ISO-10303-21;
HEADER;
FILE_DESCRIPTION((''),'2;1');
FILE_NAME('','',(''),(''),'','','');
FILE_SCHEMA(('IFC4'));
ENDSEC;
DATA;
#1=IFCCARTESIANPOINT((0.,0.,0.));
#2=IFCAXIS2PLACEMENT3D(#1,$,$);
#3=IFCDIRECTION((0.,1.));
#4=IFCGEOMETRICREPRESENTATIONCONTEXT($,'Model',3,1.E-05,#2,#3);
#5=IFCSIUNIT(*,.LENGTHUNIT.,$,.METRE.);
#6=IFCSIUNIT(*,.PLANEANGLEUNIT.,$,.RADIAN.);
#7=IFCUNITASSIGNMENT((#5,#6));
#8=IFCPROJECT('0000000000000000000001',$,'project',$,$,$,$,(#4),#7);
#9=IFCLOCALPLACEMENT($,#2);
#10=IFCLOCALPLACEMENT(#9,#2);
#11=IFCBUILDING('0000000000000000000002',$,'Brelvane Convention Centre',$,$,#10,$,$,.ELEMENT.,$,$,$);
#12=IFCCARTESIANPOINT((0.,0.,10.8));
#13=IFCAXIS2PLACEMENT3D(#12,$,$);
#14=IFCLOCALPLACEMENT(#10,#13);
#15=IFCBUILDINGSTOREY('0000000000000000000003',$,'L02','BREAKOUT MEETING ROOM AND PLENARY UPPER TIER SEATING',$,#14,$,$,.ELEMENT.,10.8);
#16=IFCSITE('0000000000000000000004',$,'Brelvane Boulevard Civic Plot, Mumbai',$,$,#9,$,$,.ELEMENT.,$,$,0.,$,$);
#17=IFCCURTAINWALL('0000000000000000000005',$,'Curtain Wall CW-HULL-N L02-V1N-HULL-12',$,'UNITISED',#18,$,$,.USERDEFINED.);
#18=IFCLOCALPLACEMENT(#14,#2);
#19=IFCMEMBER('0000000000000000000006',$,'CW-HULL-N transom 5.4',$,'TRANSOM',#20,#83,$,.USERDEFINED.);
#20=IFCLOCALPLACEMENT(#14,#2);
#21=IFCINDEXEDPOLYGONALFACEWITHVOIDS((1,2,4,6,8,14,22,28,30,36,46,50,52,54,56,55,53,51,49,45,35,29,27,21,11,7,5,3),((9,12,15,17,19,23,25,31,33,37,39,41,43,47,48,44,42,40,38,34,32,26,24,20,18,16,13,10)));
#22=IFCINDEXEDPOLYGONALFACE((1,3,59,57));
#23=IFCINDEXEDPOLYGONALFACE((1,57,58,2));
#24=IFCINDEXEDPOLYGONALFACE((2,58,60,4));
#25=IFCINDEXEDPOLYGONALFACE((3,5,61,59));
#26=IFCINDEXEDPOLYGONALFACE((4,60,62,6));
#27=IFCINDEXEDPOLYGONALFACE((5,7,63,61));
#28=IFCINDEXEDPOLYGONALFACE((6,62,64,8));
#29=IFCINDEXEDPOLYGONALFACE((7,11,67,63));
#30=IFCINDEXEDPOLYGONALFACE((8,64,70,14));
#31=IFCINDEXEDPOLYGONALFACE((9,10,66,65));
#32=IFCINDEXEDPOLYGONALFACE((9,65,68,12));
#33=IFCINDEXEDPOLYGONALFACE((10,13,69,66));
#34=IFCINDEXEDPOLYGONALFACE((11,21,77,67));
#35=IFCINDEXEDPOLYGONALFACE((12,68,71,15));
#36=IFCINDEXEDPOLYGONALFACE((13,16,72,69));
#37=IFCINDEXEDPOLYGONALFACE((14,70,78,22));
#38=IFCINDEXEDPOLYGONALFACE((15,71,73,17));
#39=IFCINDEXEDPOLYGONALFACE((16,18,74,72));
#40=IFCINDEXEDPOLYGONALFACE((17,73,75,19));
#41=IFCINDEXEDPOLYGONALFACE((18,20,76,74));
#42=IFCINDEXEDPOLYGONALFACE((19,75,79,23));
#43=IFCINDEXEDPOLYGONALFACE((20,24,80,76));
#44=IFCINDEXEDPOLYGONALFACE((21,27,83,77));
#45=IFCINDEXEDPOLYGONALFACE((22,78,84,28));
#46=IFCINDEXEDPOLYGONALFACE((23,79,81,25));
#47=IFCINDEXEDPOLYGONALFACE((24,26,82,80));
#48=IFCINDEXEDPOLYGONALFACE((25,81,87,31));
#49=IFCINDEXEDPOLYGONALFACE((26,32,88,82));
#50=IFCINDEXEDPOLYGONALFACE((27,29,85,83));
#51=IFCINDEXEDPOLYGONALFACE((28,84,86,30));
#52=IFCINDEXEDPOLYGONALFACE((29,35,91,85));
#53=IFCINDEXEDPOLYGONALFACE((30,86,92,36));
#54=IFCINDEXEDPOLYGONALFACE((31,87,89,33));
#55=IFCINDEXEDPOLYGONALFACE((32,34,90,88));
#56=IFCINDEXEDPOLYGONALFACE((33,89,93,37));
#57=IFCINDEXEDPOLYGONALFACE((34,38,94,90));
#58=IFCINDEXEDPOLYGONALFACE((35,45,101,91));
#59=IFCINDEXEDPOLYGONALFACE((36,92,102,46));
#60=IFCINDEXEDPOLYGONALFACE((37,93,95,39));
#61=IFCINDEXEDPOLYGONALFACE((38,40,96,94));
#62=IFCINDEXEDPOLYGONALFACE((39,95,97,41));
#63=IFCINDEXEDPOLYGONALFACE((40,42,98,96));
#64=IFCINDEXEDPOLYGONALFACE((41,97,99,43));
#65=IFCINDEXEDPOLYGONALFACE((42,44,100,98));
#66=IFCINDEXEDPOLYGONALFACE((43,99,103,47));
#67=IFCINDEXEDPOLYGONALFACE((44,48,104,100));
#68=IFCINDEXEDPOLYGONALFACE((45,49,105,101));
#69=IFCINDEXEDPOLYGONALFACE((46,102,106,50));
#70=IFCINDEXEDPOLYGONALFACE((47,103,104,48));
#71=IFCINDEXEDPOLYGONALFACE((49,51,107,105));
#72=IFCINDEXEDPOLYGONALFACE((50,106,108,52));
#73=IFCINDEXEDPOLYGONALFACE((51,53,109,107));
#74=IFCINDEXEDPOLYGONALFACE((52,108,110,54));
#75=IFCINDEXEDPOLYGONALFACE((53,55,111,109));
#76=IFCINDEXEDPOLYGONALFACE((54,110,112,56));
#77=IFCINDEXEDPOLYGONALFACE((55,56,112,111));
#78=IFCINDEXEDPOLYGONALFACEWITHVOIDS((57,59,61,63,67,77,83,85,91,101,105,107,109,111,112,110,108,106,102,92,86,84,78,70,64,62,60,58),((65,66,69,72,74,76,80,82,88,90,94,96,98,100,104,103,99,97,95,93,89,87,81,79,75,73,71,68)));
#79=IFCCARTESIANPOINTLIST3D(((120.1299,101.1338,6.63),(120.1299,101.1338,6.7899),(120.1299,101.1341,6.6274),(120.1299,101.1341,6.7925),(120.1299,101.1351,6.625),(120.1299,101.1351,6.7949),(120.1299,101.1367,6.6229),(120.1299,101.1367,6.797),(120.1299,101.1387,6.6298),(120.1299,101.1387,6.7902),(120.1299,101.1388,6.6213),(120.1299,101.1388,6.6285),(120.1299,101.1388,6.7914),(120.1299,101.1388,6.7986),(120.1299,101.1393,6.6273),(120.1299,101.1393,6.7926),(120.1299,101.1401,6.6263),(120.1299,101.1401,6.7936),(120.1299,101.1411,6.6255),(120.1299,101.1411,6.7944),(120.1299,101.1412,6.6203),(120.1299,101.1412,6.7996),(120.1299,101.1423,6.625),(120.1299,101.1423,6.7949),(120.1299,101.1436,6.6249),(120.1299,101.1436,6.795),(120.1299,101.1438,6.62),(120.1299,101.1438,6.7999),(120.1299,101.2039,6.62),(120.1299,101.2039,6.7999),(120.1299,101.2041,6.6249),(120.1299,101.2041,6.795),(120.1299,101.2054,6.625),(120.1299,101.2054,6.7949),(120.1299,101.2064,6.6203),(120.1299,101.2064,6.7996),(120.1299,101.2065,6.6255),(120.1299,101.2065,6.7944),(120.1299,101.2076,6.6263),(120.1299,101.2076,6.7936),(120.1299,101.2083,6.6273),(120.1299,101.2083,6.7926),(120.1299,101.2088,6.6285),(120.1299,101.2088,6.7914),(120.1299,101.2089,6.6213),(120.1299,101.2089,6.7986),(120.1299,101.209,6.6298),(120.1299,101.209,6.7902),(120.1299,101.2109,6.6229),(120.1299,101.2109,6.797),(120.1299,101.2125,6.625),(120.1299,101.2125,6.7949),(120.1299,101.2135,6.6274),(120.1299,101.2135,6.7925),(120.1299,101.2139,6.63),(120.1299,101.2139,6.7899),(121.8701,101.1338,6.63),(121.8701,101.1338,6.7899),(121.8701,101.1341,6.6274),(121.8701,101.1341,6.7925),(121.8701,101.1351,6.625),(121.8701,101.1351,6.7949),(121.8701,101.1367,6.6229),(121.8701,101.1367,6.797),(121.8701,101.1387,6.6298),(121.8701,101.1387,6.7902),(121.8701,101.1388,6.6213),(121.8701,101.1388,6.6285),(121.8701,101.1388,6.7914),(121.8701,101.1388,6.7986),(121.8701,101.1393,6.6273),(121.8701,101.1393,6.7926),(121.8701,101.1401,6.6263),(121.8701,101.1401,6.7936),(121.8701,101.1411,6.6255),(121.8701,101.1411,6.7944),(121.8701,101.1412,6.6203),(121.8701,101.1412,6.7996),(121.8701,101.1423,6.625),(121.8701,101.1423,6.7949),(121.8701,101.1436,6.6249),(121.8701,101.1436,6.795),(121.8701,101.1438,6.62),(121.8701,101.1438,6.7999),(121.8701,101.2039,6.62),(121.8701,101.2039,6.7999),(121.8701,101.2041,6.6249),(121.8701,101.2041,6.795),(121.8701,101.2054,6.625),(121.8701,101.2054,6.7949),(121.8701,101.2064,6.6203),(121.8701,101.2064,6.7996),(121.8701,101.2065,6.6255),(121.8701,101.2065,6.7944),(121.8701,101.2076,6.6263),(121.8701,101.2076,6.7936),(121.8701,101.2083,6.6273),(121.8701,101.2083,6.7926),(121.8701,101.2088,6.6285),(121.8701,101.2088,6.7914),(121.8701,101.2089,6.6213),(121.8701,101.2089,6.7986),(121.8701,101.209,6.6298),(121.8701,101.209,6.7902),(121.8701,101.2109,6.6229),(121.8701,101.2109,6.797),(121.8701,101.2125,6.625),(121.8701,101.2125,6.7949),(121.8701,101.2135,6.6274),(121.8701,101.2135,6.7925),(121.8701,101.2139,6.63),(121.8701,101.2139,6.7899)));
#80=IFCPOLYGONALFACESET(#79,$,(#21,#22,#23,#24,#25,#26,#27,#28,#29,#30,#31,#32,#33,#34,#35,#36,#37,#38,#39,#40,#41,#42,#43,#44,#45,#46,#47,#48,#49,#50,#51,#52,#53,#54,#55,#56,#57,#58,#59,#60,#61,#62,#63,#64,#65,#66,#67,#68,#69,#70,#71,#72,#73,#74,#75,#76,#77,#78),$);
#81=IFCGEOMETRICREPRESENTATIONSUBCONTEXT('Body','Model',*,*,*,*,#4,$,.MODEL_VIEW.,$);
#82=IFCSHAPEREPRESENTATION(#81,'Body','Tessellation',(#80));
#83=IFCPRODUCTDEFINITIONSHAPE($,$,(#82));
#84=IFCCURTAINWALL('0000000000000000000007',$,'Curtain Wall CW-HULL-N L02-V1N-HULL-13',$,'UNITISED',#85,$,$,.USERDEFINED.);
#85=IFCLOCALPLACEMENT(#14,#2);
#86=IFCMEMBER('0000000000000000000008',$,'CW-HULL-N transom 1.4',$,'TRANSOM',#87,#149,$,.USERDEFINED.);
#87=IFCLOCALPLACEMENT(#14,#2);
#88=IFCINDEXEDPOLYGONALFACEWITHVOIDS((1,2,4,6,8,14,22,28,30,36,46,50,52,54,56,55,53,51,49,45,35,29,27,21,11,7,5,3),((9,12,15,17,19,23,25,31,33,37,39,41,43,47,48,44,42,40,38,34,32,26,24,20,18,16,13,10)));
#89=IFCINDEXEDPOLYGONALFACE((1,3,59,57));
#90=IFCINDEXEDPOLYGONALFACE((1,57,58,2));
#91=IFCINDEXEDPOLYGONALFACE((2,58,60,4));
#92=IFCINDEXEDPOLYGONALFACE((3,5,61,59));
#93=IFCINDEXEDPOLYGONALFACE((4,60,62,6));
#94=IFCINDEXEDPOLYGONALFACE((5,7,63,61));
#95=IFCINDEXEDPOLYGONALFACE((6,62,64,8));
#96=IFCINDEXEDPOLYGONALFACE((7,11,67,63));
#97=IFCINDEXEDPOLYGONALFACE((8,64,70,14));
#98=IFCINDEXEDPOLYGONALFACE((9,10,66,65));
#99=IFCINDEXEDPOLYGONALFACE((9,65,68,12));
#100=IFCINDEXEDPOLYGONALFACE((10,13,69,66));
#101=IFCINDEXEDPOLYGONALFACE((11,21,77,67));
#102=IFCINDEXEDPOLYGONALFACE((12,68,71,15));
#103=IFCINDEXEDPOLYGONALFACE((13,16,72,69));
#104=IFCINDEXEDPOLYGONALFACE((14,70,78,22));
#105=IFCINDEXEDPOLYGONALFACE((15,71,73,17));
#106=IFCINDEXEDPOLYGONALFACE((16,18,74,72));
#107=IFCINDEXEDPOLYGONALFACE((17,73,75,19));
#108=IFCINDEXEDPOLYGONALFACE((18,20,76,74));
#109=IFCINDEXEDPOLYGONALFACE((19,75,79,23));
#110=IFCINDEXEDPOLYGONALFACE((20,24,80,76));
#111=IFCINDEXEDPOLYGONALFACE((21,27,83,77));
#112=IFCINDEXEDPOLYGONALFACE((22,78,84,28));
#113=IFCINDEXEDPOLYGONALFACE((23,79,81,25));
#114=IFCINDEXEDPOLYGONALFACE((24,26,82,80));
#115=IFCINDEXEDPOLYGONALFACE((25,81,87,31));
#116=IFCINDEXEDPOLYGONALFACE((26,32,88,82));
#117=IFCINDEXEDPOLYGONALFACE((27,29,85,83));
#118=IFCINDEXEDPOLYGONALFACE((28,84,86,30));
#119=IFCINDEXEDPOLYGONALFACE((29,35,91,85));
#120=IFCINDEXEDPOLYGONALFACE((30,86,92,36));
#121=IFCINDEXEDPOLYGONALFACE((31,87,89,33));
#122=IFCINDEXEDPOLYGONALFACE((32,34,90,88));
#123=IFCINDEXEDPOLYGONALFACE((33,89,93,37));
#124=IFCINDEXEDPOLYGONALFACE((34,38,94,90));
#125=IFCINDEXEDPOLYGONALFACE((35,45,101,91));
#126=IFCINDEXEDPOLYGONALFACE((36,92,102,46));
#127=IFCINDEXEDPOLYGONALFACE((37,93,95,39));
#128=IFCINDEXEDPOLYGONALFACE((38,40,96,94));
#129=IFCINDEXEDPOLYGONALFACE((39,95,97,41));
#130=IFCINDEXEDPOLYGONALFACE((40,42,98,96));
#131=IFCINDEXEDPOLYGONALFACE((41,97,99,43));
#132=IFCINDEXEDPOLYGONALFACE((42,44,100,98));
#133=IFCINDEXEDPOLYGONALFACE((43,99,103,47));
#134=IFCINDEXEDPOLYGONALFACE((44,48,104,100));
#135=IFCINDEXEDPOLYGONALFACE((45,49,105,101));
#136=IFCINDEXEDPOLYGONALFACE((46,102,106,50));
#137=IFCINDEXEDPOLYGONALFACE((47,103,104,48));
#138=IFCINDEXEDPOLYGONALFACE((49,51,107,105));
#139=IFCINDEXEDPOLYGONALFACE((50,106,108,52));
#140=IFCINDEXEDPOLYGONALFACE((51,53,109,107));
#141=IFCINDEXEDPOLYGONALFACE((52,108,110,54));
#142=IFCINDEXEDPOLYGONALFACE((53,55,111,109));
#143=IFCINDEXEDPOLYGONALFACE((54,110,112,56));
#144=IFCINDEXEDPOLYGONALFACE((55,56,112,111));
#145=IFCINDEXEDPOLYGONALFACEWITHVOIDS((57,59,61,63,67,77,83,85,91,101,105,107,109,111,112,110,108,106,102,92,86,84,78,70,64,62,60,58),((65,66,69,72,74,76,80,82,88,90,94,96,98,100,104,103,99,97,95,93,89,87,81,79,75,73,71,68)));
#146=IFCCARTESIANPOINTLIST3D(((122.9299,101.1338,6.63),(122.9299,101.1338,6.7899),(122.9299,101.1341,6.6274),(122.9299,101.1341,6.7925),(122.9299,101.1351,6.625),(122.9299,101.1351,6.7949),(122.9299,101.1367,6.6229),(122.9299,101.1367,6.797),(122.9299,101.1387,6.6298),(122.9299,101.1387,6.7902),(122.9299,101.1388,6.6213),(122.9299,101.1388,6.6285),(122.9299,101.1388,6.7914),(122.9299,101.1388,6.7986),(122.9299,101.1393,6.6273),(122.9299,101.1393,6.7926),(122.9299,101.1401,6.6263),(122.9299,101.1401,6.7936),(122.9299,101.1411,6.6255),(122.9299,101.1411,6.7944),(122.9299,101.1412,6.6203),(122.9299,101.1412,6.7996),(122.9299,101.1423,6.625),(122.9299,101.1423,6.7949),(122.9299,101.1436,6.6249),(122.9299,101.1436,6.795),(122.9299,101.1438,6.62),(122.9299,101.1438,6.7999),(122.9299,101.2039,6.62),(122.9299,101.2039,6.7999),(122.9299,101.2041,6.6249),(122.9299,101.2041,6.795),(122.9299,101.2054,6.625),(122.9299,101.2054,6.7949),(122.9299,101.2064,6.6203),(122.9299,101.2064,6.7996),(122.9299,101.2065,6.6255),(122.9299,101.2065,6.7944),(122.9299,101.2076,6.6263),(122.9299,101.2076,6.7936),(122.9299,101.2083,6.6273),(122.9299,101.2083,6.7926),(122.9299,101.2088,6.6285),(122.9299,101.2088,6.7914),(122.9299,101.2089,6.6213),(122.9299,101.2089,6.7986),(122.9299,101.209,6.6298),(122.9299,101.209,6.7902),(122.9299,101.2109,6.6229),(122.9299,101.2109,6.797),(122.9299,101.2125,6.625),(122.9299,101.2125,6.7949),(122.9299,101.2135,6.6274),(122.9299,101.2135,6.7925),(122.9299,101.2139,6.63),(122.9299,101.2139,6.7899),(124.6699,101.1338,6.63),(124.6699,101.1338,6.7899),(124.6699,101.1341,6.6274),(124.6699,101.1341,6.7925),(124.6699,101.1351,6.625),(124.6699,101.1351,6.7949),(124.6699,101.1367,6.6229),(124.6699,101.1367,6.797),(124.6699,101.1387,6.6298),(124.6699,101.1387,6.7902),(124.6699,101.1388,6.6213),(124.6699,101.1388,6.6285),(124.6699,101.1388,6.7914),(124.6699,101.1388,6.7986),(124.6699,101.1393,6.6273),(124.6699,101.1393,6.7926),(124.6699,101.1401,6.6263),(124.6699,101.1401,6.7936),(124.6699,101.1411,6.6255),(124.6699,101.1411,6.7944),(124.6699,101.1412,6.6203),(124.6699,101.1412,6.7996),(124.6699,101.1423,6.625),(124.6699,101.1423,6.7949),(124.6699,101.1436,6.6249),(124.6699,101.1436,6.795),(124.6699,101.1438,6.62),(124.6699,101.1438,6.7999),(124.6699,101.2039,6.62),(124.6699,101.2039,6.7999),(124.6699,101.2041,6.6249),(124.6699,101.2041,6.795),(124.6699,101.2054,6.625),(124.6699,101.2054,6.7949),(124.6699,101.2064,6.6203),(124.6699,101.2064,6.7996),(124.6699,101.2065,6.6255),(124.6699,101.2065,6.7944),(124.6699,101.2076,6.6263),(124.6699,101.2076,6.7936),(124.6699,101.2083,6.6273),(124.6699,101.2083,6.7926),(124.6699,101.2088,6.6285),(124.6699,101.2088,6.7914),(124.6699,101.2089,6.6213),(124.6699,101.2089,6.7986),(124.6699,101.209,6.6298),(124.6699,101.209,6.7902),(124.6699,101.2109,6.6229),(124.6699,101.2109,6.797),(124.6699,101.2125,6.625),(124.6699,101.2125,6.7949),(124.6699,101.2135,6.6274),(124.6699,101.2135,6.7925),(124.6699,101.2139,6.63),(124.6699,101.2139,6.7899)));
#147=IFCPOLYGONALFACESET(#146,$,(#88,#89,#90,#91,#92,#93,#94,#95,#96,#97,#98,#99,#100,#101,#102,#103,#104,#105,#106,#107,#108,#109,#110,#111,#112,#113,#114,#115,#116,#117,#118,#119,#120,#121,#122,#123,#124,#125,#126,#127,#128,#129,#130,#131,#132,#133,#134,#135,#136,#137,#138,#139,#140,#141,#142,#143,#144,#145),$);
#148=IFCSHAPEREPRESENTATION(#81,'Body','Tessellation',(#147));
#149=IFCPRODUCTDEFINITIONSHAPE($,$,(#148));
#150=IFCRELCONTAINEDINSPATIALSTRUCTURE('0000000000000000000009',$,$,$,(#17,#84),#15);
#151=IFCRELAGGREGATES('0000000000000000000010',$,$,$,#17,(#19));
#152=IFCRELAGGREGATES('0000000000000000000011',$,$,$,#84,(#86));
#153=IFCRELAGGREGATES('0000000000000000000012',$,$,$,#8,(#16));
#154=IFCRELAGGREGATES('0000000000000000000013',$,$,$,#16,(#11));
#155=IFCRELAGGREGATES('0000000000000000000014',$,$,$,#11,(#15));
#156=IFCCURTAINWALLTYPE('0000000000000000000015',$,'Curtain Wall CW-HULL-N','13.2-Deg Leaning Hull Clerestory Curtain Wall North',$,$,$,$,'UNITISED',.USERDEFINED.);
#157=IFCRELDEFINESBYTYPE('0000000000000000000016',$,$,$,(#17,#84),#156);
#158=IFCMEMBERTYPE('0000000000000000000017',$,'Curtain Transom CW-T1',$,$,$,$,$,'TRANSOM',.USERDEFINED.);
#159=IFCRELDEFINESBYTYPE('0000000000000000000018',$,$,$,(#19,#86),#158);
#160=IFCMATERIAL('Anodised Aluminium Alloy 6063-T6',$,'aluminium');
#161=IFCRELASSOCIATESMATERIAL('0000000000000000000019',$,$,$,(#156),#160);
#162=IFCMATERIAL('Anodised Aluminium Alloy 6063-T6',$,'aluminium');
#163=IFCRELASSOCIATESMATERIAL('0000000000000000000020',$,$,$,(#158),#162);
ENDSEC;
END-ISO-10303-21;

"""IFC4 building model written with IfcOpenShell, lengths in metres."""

from ifc_helpers import new_model, si_unit, direction, frame, origin, origin_2d, place, context, subcontext, project, spatial, hollow_rectangle, extrude, material, material_profile, profile_set, type_object, element, aggregate, save


model = new_model("IFC4")

# Units and contexts
model_context = context("Model", 3, precision=1e-05, world=origin(), true_north=direction((0.0, 1.0)))
body_context = subcontext(model_context, "Body", "Model", "MODEL_VIEW")
ifc_project = project(units=[si_unit("LENGTHUNIT", "METRE"), si_unit("PLANEANGLEUNIT", "RADIAN")], contexts=[model_context])

# Site, building, storey
site_placement = place(None, origin())
site = spatial("IfcSite", under=ifc_project, at=site_placement, Name="Brelvane Boulevard Civic Plot, Mumbai", CompositionType="ELEMENT", RefElevation=0.0)
building_placement = place(site_placement, origin())
building = spatial("IfcBuilding", under=site, at=building_placement, Name="Brelvane Convention Centre", CompositionType="ELEMENT")
storey_placement = place(building_placement, frame((0.0, 0.0, 10.8)))
storey = spatial("IfcBuildingStorey", under=building, at=storey_placement, Name="L02", Description="BREAKOUT MEETING ROOM AND PLENARY UPPER TIER SEATING", CompositionType="ELEMENT", Elevation=10.8)

# Curtain walls, members
ifc_material_1 = material(Name="Anodised Aluminium Alloy 6063-T6", Category="aluminium")
curtain_wall_type = type_object("IfcCurtainWallType", Name="Curtain Wall CW-HULL-N", Description="13.2-Deg Leaning Hull Clerestory Curtain Wall North", ElementType="UNITISED", PredefinedType="USERDEFINED", material=ifc_material_1)
ifc_material_2 = material(Name="Anodised Aluminium Alloy 6063-T6", Category="aluminium")
ifc_material_profile_1 = material_profile(ifc_material_2, hollow_rectangle(XDim=0.0801, YDim=0.1799, WallThickness=0.0049, InnerFilletRadius=0.0049, OuterFilletRadius=0.01, at=origin_2d()), Name="ALU-T 180x80x5.0")
ifc_profile_set_1 = profile_set([ifc_material_profile_1], Name="Anodised Aluminium Alloy 6063-T6")
member_type = type_object("IfcMemberType", Name="Curtain Transom CW-T1", ElementType="TRANSOM", PredefinedType="USERDEFINED", material=ifc_profile_set_1)
curtain_wall_1_placement = place(storey_placement, origin())
curtain_wall_1 = element("IfcCurtainWall", 1, at=curtain_wall_1_placement, inside=storey, type_object=curtain_wall_type, Name="Curtain Wall CW-HULL-N L02-V1N-HULL-12", ObjectType="UNITISED", PredefinedType="USERDEFINED")
member_1_placement = place(storey_placement, frame((120.1299, 101.1738, 6.71), z_axis=(1.0, 0.0, 0.0), x_axis=(0.0, 1.0, 0.0)))
member_1 = element("IfcMember", 2, at=member_1_placement, type_object=member_type, Name="CW-HULL-N transom 5.4", ObjectType="TRANSOM", PredefinedType="USERDEFINED", context=body_context, shape_type="SweptSolid", body=[
    extrude(hollow_rectangle(XDim=0.0801, YDim=0.1799, WallThickness=0.0049, InnerFilletRadius=0.0049, OuterFilletRadius=0.01, at=origin_2d()), origin(), (0.0, 0.0, 1.0), 1.7402),
])
curtain_wall_2_placement = place(storey_placement, origin())
curtain_wall_2 = element("IfcCurtainWall", 3, at=curtain_wall_2_placement, inside=storey, type_object=curtain_wall_type, Name="Curtain Wall CW-HULL-N L02-V1N-HULL-13", ObjectType="UNITISED", PredefinedType="USERDEFINED")
member_2_placement = place(storey_placement, frame((122.9299, 101.1738, 6.71), z_axis=(1.0, 0.0, 0.0), x_axis=(0.0, 1.0, 0.0)))
member_2 = element("IfcMember", 4, at=member_2_placement, type_object=member_type, Name="CW-HULL-N transom 1.4", ObjectType="TRANSOM", PredefinedType="USERDEFINED", context=body_context, shape_type="SweptSolid", body=[
    extrude(hollow_rectangle(XDim=0.0801, YDim=0.1799, WallThickness=0.0049, InnerFilletRadius=0.0049, OuterFilletRadius=0.01, at=origin_2d()), origin(), (0.0, 0.0, 1.0), 1.74),
])

aggregate(curtain_wall_1, [member_1])
aggregate(curtain_wall_2, [member_2])

save(model, "model.ifc")
